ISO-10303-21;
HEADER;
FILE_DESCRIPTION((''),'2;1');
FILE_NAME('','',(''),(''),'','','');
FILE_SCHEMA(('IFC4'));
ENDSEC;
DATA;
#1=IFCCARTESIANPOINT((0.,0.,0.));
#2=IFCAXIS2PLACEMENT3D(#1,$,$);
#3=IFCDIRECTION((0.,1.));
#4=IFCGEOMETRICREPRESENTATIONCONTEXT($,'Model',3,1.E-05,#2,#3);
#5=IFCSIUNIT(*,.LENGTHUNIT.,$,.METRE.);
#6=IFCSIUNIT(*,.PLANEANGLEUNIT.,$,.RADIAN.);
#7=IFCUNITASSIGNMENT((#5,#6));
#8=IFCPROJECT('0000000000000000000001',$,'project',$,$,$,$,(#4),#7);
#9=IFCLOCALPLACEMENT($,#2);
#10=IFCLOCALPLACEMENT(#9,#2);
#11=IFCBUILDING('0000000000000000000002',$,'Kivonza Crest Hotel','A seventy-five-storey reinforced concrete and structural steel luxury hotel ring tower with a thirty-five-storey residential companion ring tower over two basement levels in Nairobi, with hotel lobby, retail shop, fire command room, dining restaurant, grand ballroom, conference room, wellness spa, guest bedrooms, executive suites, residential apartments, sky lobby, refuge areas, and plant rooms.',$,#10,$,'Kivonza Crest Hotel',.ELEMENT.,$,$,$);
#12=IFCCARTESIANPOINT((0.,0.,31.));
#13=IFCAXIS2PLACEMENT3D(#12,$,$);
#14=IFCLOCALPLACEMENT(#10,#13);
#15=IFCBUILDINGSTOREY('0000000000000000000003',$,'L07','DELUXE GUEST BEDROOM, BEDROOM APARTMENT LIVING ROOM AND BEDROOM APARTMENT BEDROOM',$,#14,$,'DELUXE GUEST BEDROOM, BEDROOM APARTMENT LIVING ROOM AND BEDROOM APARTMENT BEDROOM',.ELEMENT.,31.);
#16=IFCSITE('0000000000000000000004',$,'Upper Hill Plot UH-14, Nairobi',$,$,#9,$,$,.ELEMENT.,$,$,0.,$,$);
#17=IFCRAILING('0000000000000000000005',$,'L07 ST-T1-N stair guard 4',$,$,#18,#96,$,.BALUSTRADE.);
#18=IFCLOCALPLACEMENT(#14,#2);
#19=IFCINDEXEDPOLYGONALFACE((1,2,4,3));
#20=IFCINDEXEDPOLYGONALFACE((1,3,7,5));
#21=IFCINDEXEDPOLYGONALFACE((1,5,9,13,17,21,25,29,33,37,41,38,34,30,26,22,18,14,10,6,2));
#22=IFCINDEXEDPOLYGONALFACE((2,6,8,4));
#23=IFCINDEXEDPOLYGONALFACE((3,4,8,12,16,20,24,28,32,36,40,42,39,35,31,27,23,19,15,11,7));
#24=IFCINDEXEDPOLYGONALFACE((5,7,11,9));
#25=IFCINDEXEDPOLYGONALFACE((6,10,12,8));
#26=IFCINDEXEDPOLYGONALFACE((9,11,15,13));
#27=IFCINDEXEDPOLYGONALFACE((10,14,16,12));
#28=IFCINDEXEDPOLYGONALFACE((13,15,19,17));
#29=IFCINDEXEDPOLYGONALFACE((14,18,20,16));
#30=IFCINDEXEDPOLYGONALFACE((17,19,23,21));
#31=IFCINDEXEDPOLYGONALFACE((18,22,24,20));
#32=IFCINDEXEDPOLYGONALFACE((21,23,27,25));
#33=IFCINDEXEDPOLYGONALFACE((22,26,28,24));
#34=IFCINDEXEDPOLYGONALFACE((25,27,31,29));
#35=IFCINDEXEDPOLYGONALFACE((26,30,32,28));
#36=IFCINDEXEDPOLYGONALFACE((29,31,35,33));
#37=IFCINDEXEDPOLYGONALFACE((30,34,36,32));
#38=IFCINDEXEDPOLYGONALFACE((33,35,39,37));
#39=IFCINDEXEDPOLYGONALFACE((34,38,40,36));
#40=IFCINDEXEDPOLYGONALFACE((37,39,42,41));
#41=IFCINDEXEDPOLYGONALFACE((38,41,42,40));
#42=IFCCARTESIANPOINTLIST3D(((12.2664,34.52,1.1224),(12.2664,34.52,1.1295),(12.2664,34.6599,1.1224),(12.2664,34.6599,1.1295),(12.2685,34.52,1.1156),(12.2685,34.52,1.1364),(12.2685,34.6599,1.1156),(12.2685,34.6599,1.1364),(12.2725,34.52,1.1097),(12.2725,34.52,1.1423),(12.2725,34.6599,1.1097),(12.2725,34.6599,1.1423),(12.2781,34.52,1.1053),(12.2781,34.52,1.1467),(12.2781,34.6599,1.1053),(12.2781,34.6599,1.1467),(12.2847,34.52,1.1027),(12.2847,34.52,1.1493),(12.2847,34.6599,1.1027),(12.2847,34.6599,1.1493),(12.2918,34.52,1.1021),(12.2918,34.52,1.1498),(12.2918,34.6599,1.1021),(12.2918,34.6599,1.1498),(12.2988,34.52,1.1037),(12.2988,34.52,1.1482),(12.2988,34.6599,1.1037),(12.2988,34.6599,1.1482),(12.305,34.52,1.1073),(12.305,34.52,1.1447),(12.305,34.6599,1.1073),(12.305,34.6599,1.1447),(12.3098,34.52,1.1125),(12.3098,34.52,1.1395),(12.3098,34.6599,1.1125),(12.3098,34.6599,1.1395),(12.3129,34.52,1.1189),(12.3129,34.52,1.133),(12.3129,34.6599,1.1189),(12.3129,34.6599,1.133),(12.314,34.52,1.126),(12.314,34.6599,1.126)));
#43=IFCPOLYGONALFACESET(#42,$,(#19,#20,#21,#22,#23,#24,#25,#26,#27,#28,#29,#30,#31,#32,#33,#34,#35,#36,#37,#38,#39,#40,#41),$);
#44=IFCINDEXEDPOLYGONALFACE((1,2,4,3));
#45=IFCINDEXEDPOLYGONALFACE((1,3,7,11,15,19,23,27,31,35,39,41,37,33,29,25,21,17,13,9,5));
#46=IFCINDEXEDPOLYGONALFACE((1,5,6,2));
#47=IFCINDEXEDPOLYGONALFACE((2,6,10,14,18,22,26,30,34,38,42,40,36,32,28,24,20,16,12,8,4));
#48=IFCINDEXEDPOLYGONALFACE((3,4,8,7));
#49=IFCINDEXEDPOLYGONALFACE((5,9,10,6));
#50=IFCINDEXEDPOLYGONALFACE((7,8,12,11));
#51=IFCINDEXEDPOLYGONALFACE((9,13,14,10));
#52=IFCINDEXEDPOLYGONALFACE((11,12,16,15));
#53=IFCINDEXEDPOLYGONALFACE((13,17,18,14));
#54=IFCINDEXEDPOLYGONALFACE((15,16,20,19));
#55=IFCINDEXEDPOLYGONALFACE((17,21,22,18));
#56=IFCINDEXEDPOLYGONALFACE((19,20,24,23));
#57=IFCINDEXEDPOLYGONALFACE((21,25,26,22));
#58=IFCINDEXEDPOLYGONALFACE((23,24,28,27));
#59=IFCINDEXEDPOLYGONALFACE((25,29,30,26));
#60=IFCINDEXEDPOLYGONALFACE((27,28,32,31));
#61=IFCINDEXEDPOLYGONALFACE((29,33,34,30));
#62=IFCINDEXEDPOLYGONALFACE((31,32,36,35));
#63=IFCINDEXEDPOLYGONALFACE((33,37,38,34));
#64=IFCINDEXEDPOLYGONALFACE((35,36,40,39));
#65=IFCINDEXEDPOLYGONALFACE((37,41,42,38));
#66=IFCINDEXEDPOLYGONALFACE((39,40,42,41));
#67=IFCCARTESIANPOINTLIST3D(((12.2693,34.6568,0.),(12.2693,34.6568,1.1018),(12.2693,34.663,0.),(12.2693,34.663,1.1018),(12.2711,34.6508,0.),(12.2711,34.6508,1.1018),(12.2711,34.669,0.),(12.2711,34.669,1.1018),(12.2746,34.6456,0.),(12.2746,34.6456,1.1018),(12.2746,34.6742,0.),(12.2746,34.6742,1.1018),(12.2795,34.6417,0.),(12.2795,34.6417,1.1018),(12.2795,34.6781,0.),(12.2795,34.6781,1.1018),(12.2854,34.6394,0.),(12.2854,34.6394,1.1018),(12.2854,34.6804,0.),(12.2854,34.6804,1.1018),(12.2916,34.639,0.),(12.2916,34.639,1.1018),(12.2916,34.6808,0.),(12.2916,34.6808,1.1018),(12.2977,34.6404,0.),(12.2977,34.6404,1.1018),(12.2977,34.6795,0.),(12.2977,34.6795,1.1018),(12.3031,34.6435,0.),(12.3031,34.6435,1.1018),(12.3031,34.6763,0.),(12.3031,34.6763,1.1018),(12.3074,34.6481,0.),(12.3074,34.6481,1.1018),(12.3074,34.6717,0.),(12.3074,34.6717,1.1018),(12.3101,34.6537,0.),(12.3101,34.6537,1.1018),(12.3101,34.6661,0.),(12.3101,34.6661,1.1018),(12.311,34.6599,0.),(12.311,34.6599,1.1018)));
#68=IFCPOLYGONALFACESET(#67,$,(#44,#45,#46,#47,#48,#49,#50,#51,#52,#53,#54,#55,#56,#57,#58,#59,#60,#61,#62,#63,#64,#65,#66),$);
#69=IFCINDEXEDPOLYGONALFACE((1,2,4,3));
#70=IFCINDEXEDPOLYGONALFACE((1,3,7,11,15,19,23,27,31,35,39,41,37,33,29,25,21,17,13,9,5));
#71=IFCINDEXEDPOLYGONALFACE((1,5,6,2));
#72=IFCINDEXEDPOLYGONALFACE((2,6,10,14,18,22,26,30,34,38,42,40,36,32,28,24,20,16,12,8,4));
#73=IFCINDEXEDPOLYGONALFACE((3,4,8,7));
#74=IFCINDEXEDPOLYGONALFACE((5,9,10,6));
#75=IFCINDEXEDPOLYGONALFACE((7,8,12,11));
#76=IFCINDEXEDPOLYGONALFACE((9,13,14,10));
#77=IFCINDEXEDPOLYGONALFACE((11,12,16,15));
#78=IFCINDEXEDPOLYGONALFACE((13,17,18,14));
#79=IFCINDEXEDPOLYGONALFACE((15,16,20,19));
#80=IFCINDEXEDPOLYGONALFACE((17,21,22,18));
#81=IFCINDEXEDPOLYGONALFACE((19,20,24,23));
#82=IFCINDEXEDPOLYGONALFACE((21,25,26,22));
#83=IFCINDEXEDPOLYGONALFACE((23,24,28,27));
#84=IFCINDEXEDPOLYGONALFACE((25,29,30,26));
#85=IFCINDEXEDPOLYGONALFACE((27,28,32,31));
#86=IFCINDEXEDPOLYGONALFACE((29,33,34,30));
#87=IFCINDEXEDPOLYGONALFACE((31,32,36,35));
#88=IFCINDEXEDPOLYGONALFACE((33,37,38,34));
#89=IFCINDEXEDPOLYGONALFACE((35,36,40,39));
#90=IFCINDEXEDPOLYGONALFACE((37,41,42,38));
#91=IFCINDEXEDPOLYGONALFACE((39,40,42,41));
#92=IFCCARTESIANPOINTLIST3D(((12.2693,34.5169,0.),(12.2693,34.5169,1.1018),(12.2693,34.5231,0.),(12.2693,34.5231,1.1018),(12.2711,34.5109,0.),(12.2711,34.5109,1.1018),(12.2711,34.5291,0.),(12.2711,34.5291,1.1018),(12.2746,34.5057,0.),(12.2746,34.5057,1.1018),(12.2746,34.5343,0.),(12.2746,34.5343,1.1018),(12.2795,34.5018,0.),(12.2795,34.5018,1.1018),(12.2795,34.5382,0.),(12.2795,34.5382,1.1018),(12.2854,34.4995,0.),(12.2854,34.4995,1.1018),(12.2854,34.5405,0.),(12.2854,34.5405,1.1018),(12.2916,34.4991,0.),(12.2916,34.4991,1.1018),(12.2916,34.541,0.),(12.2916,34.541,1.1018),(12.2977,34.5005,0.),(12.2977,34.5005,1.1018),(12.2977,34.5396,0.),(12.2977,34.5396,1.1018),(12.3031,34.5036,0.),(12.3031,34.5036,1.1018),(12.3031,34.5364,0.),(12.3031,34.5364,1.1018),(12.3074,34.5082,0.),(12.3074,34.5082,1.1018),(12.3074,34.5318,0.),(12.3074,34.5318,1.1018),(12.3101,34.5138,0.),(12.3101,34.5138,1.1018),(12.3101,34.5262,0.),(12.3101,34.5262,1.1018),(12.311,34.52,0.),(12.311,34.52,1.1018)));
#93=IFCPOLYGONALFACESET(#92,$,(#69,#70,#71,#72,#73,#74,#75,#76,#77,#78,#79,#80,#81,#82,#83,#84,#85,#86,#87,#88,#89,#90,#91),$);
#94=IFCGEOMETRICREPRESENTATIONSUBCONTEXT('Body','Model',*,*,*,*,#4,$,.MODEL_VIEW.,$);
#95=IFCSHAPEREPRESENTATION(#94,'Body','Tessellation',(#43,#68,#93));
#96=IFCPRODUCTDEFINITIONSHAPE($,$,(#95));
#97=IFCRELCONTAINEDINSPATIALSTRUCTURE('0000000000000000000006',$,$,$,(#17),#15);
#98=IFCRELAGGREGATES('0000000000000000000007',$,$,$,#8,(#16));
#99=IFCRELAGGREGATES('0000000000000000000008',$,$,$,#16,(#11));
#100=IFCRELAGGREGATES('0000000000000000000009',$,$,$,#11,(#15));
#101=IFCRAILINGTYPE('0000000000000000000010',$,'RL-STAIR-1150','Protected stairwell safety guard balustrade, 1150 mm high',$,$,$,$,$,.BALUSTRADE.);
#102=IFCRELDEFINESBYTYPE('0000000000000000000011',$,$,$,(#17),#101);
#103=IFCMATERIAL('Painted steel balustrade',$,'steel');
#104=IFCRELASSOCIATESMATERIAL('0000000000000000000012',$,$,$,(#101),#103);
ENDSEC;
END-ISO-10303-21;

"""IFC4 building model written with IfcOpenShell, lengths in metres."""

from ifc_helpers import new_model, si_unit, direction, frame, origin, origin_2d, place, context, subcontext, project, spatial, circle, extrude, material, type_object, element, save


model = new_model("IFC4")

# Units and contexts
model_context = context("Model", 3, precision=1e-05, world=origin(), true_north=direction((0.0, 1.0)))
body_context = subcontext(model_context, "Body", "Model", "MODEL_VIEW")
ifc_project = project(units=[si_unit("LENGTHUNIT", "METRE"), si_unit("PLANEANGLEUNIT", "RADIAN")], contexts=[model_context])

# Site, building, storey
site_placement = place(None, origin())
site = spatial("IfcSite", under=ifc_project, at=site_placement, Name="Upper Hill Plot UH-14, Nairobi", CompositionType="ELEMENT", RefElevation=0.0)
building_placement = place(site_placement, origin())
building = spatial("IfcBuilding", under=site, at=building_placement, Name="Kivonza Crest Hotel", Description="A seventy-five-storey reinforced concrete and structural steel luxury hotel ring tower with a thirty-five-storey residential companion ring tower over two basement levels in Nairobi, with hotel lobby, retail shop, fire command room, dining restaurant, grand ballroom, conference room, wellness spa, guest bedrooms, executive suites, residential apartments, sky lobby, refuge areas, and plant rooms.", LongName="Kivonza Crest Hotel", CompositionType="ELEMENT")
storey_placement = place(building_placement, frame((0.0, 0.0, 31.0)))
storey = spatial("IfcBuildingStorey", under=building, at=storey_placement, Name="L07", Description="DELUXE GUEST BEDROOM, BEDROOM APARTMENT LIVING ROOM AND BEDROOM APARTMENT BEDROOM", LongName="DELUXE GUEST BEDROOM, BEDROOM APARTMENT LIVING ROOM AND BEDROOM APARTMENT BEDROOM", CompositionType="ELEMENT", Elevation=31.0)

# Railing
ifc_material_1 = material(Name="Painted steel balustrade", Category="steel")
railing_type_1 = type_object("IfcRailingType", Name="RL-STAIR-1150", Description="Protected stairwell safety guard balustrade, 1150 mm high", PredefinedType="BALUSTRADE", material=ifc_material_1)
railing_1_placement = place(storey_placement, frame((12.29, 34.6599, 0.0)))
element("IfcRailing", 1, at=railing_1_placement, inside=storey, type_object=railing_type_1, Name="L07 ST-T1-N stair guard 4", PredefinedType="BALUSTRADE", context=body_context, shape_type="SweptSolid", body=[
    extrude(circle(Radius=0.0239, at=origin_2d()), frame((0.0, 0.0, 1.126), z_axis=(0.0, -1.0, 0.0), x_axis=(1.0, 0.0, 0.0)), (0.0, 0.0, 1.0), 0.1399),
    extrude(circle(Radius=0.021, at=origin_2d()), origin(), (0.0, 0.0, 1.0), 1.1018),
    extrude(circle(Radius=0.021, at=origin_2d()), frame((0.0, -0.1399, 0.0)), (0.0, 0.0, 1.0), 1.1018),
])

save(model, "model.ifc")
